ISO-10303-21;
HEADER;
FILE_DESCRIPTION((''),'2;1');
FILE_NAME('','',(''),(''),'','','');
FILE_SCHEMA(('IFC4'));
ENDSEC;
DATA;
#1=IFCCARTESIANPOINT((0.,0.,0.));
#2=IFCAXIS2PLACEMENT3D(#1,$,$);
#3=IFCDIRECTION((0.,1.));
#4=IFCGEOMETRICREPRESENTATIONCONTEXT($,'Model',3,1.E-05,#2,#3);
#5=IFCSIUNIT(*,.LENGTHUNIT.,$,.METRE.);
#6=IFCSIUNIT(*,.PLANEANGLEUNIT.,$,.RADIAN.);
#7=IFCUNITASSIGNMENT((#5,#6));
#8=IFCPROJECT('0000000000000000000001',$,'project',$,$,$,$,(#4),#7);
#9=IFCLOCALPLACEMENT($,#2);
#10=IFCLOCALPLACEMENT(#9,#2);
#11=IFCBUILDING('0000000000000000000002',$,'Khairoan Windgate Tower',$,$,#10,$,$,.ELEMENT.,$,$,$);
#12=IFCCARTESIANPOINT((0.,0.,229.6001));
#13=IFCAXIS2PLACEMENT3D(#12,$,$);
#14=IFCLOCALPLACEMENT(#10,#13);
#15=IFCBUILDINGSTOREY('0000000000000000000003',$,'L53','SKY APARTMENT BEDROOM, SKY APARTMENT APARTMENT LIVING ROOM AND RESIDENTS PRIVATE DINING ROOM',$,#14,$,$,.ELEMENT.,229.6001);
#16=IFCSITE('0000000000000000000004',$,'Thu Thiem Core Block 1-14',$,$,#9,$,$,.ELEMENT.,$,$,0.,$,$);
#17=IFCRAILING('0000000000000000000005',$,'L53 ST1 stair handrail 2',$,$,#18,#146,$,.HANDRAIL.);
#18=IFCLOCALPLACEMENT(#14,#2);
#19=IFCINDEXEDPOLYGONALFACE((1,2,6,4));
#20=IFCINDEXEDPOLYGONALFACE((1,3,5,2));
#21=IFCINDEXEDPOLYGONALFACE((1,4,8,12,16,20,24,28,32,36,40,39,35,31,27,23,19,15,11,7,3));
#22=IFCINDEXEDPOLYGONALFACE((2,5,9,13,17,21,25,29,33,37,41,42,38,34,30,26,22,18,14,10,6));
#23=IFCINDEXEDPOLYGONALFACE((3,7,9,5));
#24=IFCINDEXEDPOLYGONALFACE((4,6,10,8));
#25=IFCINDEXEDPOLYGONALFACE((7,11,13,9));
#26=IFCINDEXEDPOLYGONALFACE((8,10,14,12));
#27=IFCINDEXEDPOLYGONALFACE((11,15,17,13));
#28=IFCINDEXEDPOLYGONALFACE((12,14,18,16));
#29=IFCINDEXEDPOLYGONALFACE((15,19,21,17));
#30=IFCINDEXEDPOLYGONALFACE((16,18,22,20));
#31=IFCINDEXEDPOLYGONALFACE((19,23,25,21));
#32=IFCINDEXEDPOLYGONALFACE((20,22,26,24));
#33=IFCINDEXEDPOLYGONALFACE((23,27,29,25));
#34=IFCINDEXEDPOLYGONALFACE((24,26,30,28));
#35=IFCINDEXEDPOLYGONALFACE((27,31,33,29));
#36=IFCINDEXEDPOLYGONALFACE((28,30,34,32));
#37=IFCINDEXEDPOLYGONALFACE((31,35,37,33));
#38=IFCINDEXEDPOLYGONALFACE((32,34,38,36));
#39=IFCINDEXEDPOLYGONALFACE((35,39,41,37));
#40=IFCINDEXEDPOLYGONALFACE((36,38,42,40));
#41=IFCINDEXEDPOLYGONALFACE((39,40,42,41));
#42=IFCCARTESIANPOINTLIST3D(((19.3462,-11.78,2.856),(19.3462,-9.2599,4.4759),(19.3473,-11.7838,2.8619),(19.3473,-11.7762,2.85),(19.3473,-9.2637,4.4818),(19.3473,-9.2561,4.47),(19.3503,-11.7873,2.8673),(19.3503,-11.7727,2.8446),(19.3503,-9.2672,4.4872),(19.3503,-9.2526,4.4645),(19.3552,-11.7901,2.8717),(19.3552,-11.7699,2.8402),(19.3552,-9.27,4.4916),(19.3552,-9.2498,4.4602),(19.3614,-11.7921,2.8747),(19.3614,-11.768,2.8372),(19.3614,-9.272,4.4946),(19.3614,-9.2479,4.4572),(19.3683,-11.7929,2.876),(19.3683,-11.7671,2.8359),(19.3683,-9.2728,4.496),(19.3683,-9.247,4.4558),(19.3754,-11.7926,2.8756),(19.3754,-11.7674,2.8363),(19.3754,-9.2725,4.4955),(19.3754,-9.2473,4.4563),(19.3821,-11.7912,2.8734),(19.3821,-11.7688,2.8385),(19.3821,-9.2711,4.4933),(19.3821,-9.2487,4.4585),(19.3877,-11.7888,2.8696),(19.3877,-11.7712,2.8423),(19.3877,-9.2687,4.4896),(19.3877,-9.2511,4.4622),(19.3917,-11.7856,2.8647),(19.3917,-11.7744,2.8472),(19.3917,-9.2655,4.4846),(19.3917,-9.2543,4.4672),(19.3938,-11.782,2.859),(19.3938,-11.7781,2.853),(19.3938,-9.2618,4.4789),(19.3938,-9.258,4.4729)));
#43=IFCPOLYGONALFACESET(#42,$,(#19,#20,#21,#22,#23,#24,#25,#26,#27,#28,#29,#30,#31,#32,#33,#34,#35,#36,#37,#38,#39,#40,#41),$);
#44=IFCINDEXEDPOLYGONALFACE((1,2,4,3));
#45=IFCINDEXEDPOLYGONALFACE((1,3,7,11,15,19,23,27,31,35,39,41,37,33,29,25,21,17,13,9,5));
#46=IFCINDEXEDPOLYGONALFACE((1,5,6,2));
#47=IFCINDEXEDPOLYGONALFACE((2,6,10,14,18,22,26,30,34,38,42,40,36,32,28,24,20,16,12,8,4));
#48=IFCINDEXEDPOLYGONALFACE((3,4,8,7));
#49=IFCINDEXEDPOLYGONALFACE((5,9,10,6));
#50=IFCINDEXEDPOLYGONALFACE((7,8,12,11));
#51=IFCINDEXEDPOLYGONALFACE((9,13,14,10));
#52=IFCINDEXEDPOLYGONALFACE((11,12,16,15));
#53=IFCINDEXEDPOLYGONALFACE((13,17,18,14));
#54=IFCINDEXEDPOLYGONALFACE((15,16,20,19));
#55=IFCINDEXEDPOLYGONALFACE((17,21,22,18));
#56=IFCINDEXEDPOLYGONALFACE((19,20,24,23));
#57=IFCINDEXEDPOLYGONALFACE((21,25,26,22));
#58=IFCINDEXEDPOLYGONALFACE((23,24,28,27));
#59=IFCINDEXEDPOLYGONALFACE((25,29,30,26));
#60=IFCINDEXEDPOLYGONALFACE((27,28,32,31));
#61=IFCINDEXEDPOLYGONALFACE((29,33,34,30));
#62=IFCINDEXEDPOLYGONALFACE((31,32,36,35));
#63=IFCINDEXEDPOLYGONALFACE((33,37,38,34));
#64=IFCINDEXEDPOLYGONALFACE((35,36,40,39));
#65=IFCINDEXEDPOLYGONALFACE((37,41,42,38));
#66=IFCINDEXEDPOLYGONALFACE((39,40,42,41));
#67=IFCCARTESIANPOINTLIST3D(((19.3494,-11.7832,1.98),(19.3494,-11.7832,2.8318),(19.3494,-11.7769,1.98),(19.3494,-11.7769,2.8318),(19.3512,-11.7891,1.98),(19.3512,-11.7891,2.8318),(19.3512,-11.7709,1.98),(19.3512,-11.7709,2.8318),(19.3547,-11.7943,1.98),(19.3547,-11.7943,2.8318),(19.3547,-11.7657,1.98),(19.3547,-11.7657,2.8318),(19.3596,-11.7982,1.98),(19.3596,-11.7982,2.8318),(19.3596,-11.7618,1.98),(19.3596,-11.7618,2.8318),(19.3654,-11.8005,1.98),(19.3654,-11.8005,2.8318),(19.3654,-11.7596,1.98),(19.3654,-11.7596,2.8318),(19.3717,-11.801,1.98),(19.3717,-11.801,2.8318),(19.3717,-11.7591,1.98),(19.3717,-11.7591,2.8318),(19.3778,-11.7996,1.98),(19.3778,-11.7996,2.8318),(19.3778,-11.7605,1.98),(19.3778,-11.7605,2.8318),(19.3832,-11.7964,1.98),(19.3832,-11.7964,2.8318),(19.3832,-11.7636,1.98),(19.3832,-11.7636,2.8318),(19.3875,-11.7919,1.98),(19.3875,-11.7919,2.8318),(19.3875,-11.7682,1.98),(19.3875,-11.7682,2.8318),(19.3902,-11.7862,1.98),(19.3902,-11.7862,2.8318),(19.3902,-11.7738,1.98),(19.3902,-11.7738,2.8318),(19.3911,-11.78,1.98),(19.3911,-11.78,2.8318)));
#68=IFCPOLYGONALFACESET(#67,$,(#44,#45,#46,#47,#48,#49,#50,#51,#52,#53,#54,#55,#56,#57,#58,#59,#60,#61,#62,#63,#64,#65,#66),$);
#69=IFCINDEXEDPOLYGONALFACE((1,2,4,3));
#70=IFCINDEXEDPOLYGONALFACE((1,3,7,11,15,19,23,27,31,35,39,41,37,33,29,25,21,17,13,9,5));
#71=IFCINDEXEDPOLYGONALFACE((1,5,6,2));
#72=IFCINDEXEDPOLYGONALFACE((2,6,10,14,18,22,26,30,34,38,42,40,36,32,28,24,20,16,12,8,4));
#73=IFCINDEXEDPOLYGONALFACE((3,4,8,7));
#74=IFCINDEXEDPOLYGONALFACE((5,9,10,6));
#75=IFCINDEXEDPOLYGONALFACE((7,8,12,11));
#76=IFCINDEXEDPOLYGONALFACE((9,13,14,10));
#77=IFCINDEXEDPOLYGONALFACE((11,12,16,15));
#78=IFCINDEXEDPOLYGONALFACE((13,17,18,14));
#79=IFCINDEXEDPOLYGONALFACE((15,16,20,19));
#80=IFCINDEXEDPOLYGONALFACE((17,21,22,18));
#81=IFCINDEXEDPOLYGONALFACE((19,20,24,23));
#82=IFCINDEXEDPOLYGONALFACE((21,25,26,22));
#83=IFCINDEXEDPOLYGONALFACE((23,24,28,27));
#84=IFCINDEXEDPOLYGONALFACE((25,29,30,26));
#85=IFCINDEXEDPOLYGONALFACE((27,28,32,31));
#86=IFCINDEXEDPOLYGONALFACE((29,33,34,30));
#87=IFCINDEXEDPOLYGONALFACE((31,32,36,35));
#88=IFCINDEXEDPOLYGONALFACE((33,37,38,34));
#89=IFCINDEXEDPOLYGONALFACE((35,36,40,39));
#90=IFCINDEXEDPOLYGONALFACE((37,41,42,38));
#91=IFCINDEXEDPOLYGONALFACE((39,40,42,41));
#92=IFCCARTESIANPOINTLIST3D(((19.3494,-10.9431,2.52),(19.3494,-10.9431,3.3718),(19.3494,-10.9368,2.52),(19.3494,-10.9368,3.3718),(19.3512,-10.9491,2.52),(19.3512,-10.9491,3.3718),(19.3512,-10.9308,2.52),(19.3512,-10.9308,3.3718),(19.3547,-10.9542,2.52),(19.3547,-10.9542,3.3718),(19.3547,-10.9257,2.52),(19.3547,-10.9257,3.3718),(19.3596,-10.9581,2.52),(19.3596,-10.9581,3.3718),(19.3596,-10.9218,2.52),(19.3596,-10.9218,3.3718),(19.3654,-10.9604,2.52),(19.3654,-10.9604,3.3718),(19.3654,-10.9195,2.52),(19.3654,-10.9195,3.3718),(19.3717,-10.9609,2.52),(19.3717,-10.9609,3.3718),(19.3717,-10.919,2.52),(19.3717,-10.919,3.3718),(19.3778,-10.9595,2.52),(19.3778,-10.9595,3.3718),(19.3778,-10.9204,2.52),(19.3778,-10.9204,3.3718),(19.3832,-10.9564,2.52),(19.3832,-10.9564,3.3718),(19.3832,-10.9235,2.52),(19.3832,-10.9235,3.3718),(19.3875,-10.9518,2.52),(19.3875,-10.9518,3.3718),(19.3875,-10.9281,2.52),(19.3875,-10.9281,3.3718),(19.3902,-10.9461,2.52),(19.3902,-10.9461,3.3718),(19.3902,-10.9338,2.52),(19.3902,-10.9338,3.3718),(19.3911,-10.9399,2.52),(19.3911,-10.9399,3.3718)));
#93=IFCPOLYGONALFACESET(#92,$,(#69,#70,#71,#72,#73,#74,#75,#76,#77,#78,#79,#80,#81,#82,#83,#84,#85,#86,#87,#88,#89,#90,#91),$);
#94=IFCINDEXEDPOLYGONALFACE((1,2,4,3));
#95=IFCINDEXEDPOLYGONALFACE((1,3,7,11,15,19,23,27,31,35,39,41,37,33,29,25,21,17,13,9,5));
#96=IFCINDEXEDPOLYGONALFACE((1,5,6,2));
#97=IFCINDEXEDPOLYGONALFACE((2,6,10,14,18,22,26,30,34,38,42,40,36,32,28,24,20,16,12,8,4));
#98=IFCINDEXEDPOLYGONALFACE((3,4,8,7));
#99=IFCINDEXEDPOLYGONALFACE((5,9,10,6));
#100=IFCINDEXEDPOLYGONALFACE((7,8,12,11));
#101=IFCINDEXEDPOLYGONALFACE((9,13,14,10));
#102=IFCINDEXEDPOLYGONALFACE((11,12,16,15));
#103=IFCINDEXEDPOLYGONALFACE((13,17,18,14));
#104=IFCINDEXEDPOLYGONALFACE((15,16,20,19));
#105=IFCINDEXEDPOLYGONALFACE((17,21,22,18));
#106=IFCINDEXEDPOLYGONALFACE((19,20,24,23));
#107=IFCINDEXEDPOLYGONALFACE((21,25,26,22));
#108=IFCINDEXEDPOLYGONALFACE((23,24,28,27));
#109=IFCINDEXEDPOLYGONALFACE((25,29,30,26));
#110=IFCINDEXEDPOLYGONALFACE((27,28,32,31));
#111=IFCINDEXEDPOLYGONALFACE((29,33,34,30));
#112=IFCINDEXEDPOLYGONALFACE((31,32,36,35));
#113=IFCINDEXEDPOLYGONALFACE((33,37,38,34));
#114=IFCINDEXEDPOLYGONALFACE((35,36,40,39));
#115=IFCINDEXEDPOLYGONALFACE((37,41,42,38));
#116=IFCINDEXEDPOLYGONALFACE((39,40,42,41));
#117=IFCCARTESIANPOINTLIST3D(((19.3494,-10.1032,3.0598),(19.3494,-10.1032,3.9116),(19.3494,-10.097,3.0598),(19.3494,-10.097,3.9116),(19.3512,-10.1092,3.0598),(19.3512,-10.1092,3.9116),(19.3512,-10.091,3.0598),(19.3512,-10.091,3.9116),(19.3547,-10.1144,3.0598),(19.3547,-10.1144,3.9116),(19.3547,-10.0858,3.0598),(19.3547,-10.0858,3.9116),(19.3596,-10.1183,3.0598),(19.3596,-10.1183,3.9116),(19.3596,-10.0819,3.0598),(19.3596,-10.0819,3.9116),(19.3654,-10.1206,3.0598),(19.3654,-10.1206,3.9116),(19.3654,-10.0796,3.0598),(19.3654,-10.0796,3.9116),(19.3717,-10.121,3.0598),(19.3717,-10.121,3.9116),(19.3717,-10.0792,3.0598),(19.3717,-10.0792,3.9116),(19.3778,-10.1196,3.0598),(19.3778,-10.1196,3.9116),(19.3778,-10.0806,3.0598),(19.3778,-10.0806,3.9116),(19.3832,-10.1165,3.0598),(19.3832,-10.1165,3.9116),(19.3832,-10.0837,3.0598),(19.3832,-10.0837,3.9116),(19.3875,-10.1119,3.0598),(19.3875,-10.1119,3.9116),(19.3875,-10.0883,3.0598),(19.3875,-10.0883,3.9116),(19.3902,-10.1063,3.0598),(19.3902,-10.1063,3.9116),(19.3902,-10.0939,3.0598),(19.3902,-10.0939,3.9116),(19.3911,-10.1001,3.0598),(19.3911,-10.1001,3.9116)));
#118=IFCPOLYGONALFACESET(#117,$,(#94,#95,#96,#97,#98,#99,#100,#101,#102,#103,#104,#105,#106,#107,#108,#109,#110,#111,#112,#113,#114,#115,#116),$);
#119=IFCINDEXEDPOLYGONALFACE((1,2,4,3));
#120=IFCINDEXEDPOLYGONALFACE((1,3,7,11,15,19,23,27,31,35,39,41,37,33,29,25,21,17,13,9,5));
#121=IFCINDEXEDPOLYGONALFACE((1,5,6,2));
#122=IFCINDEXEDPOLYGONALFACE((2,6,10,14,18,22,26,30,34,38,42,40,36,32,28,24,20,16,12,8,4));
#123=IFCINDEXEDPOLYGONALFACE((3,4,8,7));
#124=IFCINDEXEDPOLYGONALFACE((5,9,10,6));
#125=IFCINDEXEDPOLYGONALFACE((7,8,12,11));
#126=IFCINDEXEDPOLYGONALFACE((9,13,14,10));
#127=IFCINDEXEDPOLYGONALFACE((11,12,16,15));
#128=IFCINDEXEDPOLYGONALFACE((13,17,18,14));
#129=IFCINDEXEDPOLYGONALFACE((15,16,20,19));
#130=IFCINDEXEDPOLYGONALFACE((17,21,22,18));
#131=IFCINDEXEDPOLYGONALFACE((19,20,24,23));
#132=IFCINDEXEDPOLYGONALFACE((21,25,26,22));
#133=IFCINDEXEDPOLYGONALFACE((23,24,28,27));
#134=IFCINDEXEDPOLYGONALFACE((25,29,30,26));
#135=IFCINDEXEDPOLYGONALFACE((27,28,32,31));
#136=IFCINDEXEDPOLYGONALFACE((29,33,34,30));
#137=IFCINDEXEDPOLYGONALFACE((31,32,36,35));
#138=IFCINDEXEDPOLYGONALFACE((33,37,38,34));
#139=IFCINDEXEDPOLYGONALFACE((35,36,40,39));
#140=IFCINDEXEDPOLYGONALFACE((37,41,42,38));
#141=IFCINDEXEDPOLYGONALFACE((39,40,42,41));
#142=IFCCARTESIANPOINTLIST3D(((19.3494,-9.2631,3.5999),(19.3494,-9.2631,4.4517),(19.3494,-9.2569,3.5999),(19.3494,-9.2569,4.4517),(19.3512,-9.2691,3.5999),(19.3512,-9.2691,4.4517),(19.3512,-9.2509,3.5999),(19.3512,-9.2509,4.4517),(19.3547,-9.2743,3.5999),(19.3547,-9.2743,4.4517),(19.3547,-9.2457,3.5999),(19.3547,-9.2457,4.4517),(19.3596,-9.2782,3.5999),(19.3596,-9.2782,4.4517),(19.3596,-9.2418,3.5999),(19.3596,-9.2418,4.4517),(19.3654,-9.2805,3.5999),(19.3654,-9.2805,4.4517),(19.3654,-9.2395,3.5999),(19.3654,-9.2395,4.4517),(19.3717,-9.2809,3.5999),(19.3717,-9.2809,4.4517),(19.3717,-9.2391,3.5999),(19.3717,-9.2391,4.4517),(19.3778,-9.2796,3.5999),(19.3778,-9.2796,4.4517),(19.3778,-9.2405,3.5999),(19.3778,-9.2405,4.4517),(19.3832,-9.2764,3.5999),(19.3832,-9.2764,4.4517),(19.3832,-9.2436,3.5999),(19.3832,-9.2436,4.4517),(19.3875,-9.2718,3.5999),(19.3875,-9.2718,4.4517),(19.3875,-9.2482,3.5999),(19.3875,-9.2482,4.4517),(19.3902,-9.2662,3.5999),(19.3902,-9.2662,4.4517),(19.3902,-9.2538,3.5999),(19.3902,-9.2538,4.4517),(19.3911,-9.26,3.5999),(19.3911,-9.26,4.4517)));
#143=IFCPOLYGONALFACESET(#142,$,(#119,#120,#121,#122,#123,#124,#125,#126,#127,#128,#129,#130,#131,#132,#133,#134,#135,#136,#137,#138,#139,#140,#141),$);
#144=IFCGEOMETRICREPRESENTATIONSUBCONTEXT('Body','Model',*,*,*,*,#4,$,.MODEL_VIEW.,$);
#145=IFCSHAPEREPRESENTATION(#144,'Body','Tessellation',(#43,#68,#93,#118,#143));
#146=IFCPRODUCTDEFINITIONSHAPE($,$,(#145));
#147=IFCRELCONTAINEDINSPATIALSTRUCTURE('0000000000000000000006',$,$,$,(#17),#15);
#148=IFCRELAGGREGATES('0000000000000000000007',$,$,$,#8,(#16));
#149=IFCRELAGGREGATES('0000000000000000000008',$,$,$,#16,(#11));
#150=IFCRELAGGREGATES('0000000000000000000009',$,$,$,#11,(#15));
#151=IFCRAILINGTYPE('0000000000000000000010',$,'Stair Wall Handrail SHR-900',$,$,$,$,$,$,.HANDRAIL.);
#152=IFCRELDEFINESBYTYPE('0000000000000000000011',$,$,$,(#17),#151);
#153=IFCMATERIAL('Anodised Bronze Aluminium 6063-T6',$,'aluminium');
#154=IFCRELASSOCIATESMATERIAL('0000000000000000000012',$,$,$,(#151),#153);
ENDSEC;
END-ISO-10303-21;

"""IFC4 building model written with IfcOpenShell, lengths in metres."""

from ifc_helpers import new_model, si_unit, direction, frame, origin, origin_2d, place, context, subcontext, project, spatial, circle, extrude, material, type_object, element, save


model = new_model("IFC4")

# Units and contexts
model_context = context("Model", 3, precision=1e-05, world=origin(), true_north=direction((0.0, 1.0)))
body_context = subcontext(model_context, "Body", "Model", "MODEL_VIEW")
ifc_project = project(units=[si_unit("LENGTHUNIT", "METRE"), si_unit("PLANEANGLEUNIT", "RADIAN")], contexts=[model_context])

# Site, building, storey
site_placement = place(None, origin())
site = spatial("IfcSite", under=ifc_project, at=site_placement, Name="Thu Thiem Core Block 1-14", CompositionType="ELEMENT", RefElevation=0.0)
building_placement = place(site_placement, origin())
building = spatial("IfcBuilding", under=site, at=building_placement, Name="Khairoan Windgate Tower", CompositionType="ELEMENT")
storey_placement = place(building_placement, frame((0.0, 0.0, 229.6001)))
storey = spatial("IfcBuildingStorey", under=building, at=storey_placement, Name="L53", Description="SKY APARTMENT BEDROOM, SKY APARTMENT APARTMENT LIVING ROOM AND RESIDENTS PRIVATE DINING ROOM", CompositionType="ELEMENT", Elevation=229.6001)

# Railing
ifc_material_1 = material(Name="Anodised Bronze Aluminium 6063-T6", Category="aluminium")
railing_type_1 = type_object("IfcRailingType", Name="Stair Wall Handrail SHR-900", PredefinedType="HANDRAIL", material=ifc_material_1)
railing_1_placement = place(storey_placement, frame((19.3701, -11.78, 1.98)))
element("IfcRailing", 1, at=railing_1_placement, inside=storey, type_object=railing_type_1, Name="L53 ST1 stair handrail 2", PredefinedType="HANDRAIL", context=body_context, shape_type="SweptSolid", body=[
    extrude(circle(Radius=0.0239, at=origin_2d()), frame((0.0, 0.0, 0.876), z_axis=(0.0, 0.8412, 0.540725), x_axis=(-1.0, 0.0, 0.0)), (0.0, 0.0, 1.0), 2.9958),
    extrude(circle(Radius=0.021, at=origin_2d()), origin(), (0.0, 0.0, 1.0), 0.8518),
    extrude(circle(Radius=0.021, at=origin_2d()), frame((0.0, 0.8401, 0.54)), (0.0, 0.0, 1.0), 0.8518),
    extrude(circle(Radius=0.021, at=origin_2d()), frame((0.0, 1.6799, 1.0798)), (0.0, 0.0, 1.0), 0.8518),
    extrude(circle(Radius=0.021, at=origin_2d()), frame((0.0, 2.52, 1.6199)), (0.0, 0.0, 1.0), 0.8518),
])

save(model, "model.ifc")
